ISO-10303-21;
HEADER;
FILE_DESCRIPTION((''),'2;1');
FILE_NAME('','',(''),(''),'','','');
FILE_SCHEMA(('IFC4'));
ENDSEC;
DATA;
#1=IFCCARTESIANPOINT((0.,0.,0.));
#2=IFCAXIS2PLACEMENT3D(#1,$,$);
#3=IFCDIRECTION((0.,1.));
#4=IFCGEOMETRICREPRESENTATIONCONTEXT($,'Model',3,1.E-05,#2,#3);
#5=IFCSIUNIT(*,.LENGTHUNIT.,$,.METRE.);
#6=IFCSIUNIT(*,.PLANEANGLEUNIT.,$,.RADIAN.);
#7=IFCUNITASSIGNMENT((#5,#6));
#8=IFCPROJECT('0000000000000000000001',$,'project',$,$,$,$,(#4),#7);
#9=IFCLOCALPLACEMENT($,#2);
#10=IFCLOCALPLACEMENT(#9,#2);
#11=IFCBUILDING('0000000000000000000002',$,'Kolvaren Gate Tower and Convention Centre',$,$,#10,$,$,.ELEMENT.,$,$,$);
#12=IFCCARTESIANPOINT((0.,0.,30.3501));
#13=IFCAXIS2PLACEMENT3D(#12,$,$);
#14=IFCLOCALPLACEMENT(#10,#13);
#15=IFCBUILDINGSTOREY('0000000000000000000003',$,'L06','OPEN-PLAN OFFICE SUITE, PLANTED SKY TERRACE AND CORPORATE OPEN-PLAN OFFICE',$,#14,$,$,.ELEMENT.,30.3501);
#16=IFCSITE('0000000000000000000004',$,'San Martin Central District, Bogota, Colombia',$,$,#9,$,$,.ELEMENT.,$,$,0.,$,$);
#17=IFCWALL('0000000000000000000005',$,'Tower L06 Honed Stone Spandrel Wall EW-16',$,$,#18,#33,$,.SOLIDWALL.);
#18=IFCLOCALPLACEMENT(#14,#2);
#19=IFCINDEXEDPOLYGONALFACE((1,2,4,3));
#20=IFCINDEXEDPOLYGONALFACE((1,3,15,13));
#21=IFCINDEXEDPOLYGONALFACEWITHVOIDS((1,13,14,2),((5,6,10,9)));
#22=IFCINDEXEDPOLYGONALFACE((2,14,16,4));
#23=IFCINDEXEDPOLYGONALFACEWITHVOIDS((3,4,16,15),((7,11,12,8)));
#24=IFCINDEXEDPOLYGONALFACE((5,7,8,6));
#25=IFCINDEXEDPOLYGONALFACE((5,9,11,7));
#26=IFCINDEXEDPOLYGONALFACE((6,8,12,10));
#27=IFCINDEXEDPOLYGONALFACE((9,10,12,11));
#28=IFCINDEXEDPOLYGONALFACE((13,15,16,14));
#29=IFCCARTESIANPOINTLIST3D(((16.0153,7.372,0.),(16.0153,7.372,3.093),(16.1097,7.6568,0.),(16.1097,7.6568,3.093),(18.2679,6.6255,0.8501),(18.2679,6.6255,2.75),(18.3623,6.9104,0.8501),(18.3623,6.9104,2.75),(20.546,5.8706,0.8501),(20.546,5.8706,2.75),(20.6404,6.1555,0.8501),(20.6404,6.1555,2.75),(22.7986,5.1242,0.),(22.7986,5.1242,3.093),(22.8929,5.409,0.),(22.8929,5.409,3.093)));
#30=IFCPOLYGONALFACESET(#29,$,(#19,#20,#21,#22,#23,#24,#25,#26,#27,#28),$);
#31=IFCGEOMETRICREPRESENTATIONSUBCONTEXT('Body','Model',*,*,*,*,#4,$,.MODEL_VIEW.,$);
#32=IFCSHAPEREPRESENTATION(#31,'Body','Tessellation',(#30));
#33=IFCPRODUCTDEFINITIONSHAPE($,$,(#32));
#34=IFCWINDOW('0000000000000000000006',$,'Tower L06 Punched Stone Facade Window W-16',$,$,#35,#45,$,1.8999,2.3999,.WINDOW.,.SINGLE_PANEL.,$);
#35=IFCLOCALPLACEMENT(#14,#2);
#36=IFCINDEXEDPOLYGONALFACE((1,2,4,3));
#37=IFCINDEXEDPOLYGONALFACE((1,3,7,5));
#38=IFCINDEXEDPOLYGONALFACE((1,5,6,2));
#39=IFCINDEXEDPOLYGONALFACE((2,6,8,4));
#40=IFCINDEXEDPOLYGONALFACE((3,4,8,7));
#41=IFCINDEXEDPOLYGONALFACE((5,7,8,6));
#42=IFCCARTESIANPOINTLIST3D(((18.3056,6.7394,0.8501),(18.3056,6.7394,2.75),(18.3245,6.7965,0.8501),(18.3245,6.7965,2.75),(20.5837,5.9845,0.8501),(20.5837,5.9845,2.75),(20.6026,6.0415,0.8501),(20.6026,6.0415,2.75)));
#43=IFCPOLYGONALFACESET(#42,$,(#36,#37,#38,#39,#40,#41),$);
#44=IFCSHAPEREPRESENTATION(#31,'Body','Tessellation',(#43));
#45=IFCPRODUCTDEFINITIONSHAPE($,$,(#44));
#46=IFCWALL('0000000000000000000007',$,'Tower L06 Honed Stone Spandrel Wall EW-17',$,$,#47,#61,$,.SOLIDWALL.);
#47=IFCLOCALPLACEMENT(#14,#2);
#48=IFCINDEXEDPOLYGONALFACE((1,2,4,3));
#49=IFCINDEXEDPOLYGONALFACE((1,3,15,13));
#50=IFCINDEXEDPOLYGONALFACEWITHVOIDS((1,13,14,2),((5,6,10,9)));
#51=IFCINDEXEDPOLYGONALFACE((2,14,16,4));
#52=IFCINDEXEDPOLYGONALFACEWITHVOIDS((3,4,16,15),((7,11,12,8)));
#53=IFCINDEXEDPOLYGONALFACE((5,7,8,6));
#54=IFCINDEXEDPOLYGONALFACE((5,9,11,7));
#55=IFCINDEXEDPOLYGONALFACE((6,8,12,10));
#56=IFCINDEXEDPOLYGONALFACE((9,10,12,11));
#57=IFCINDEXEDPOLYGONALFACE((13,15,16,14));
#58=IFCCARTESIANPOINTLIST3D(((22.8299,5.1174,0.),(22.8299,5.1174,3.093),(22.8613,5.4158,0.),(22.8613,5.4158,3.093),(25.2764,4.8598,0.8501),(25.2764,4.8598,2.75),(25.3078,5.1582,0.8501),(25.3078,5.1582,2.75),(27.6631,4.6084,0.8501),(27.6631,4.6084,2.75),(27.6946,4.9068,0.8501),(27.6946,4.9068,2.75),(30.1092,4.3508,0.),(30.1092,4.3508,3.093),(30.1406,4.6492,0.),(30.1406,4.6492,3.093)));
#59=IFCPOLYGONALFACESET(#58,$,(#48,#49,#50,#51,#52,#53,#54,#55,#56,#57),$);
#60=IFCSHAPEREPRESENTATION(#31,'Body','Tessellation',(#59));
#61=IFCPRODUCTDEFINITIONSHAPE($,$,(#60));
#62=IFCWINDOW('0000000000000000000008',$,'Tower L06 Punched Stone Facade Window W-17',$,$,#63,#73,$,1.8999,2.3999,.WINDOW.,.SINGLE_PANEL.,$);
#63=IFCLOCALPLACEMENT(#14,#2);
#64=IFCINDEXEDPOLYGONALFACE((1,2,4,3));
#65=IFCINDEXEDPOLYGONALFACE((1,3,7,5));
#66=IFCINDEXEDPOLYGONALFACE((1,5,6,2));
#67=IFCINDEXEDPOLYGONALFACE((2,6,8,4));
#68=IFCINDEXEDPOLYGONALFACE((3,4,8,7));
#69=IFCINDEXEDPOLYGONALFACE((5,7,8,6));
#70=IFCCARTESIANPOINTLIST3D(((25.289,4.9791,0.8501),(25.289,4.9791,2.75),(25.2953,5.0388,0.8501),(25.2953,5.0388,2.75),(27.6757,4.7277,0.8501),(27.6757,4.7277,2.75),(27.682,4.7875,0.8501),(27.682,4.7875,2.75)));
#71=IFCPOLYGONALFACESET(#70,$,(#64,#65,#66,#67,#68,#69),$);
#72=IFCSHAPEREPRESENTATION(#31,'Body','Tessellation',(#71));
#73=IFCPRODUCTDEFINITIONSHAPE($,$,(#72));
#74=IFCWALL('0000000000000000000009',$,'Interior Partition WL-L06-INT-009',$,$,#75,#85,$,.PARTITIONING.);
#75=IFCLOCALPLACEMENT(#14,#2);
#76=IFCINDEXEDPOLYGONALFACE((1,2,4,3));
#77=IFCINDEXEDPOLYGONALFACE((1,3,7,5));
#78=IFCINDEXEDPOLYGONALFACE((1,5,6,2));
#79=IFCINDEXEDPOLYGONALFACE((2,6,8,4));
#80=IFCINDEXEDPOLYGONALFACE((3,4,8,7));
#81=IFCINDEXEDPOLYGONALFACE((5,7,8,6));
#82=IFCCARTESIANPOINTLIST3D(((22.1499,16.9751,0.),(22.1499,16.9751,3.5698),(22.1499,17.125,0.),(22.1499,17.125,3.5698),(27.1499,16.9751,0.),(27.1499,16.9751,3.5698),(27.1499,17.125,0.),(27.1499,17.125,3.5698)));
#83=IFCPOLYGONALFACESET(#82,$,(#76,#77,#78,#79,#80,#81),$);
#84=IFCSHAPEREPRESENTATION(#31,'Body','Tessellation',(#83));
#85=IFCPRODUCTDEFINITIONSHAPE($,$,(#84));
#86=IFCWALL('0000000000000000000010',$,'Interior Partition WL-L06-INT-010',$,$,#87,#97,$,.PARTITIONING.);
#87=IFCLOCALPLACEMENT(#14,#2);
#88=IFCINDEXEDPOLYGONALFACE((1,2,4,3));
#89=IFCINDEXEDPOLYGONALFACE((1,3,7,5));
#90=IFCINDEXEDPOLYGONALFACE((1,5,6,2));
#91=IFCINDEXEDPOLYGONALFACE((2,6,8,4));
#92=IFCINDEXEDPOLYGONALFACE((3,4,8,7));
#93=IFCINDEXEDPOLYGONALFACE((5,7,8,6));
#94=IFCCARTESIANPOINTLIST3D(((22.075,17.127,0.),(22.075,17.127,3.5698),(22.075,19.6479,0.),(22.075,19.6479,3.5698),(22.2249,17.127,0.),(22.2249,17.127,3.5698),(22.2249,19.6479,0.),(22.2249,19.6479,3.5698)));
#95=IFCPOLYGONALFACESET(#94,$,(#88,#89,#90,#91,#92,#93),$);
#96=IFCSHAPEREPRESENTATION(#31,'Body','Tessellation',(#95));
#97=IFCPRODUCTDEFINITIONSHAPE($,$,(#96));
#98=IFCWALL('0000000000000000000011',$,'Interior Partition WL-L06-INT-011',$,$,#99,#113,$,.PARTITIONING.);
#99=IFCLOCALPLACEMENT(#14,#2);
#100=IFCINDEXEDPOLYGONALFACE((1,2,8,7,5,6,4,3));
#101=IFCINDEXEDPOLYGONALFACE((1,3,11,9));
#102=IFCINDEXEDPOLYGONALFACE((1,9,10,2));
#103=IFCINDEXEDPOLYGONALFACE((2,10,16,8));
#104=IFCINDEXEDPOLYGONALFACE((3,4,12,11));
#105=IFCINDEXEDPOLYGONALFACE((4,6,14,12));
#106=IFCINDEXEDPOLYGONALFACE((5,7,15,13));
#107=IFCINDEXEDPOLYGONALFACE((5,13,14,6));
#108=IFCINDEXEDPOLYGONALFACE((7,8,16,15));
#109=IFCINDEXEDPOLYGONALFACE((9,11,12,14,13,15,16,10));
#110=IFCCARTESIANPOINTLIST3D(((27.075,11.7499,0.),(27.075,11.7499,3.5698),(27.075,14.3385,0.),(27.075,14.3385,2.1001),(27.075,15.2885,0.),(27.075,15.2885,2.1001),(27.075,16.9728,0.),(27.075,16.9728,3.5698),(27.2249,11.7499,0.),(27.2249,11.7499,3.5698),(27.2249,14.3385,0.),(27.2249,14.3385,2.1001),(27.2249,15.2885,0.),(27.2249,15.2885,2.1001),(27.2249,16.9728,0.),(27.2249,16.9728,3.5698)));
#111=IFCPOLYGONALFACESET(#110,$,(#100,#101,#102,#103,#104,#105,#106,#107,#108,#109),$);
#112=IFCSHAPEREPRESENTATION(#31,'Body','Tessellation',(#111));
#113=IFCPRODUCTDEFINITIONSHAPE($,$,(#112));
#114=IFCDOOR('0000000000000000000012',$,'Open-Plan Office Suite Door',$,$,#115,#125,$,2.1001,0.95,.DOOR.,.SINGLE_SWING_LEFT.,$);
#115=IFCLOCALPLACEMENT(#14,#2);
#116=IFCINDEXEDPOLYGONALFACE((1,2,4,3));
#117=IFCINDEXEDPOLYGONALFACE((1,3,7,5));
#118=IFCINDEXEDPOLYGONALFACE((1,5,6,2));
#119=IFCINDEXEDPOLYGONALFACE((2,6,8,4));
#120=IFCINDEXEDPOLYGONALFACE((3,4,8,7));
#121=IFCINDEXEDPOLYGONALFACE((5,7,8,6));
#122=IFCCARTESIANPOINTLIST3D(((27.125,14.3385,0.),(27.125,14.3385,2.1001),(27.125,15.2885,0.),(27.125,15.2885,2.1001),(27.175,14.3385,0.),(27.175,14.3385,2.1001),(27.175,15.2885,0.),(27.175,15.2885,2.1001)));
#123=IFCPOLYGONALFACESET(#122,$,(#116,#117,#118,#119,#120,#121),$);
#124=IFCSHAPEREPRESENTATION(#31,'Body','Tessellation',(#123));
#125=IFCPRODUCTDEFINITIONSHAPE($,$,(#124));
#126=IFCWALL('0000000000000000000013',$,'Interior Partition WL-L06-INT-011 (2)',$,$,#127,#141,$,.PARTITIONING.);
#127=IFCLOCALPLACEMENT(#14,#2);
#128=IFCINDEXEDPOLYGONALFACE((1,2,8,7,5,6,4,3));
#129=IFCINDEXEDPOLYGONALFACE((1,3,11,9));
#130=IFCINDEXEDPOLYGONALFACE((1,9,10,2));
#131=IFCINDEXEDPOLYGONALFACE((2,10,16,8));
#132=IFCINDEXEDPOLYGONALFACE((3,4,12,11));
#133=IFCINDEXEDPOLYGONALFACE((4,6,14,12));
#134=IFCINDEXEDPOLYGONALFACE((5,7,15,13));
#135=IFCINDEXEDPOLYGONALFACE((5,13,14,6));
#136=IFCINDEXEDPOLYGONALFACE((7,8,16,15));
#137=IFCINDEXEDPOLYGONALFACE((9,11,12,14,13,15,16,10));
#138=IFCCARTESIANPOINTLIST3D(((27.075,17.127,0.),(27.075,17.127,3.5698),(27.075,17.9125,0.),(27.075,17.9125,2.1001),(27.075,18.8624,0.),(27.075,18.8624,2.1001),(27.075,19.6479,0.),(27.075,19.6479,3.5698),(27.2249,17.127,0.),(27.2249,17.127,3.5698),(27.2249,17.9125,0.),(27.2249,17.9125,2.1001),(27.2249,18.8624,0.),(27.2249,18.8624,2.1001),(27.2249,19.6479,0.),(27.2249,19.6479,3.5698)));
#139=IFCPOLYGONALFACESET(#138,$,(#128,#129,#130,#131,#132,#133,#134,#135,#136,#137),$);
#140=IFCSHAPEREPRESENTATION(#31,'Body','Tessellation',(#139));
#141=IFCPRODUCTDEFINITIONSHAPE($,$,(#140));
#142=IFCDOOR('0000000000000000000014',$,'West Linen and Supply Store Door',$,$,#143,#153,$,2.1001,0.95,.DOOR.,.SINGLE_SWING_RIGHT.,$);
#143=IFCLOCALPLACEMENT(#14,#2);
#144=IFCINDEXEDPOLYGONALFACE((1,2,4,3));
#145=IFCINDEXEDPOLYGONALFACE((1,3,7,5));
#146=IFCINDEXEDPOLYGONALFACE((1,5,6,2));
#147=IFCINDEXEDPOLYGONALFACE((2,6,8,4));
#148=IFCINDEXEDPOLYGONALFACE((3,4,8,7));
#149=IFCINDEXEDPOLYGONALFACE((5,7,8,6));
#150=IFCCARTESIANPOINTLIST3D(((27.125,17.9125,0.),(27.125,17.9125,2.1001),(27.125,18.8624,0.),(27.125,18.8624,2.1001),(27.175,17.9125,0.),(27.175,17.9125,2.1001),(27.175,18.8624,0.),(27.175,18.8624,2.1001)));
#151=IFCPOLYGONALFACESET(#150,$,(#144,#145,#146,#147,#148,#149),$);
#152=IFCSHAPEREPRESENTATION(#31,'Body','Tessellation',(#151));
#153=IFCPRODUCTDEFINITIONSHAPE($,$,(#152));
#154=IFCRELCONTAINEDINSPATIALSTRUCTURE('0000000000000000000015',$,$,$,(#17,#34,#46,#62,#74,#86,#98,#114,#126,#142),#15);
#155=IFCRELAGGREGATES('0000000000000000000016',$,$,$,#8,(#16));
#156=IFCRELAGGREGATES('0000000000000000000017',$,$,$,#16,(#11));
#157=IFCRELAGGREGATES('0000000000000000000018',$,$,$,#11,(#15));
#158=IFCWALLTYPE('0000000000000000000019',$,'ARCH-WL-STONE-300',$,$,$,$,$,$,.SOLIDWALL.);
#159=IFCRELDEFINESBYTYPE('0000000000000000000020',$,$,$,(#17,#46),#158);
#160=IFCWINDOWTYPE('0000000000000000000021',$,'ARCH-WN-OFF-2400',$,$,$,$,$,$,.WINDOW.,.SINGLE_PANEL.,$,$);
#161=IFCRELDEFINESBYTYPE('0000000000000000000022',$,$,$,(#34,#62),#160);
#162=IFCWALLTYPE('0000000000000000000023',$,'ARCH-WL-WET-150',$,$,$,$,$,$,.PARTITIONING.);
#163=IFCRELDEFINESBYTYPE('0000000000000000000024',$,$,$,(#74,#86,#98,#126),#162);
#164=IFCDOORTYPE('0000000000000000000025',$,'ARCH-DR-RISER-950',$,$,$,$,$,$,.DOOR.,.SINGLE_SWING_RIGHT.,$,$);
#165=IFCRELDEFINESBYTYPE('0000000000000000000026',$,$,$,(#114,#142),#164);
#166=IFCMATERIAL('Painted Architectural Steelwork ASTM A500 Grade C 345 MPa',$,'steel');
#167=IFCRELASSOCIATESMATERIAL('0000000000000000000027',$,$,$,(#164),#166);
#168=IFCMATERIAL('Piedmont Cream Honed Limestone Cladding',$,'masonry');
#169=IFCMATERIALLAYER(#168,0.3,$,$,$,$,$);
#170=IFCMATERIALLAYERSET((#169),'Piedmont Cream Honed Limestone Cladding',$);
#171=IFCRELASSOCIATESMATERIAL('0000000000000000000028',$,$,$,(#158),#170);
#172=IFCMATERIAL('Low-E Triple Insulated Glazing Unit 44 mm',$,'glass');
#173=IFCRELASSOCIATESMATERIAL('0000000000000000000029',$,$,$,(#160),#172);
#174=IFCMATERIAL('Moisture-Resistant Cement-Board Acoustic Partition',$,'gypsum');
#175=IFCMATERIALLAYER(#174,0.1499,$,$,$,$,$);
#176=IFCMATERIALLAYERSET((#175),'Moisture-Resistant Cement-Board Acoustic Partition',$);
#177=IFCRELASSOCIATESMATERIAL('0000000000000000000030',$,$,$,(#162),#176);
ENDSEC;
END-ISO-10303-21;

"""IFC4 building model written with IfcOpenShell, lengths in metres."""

from ifc_helpers import new_model, si_unit, direction, frame, frame_2d, origin, place, context, subcontext, project, spatial, rectangle, extrude, material, layer, layer_set, type_object, element, fill, save


model = new_model("IFC4")

# Units and contexts
model_context = context("Model", 3, precision=1e-05, world=origin(), true_north=direction((0.0, 1.0)))
body_context = subcontext(model_context, "Body", "Model", "MODEL_VIEW")
ifc_project = project(units=[si_unit("LENGTHUNIT", "METRE"), si_unit("PLANEANGLEUNIT", "RADIAN")], contexts=[model_context])

# Site, building, storey
site_placement = place(None, origin())
site = spatial("IfcSite", under=ifc_project, at=site_placement, Name="San Martin Central District, Bogota, Colombia", CompositionType="ELEMENT", RefElevation=0.0)
building_placement = place(site_placement, origin())
building = spatial("IfcBuilding", under=site, at=building_placement, Name="Kolvaren Gate Tower and Convention Centre", CompositionType="ELEMENT")
storey_placement = place(building_placement, frame((0.0, 0.0, 30.3501)))
storey = spatial("IfcBuildingStorey", under=building, at=storey_placement, Name="L06", Description="OPEN-PLAN OFFICE SUITE, PLANTED SKY TERRACE AND CORPORATE OPEN-PLAN OFFICE", CompositionType="ELEMENT", Elevation=30.3501)

# Shared definitions
ifc_material_1 = material(Name="Painted Architectural Steelwork ASTM A500 Grade C 345 MPa", Category="steel")
door_type_1 = type_object("IfcDoorType", Name="ARCH-DR-RISER-950", OperationType="SINGLE_SWING_RIGHT", PredefinedType="DOOR", material=ifc_material_1)

# Walls, openings, windows
ifc_material_2 = material(Name="Piedmont Cream Honed Limestone Cladding", Category="masonry")
ifc_layer_1 = layer(ifc_material_2, 0.3)
ifc_layer_set_1 = layer_set([ifc_layer_1], Name="Piedmont Cream Honed Limestone Cladding")
wall_type_1 = type_object("IfcWallType", Name="ARCH-WL-STONE-300", PredefinedType="SOLIDWALL", material=ifc_layer_set_1)
wall_1_placement = place(storey_placement, frame((16.0625, 7.5144, 0.0), z_axis=(0.0, 0.0, 1.0), x_axis=(0.949239, -0.314557, 0.0)))
wall_1 = element("IfcWall", 1, at=wall_1_placement, inside=storey, type_object=wall_type_1, Name="Tower L06 Honed Stone Spandrel Wall EW-16", PredefinedType="SOLIDWALL", context=body_context, shape_type="SweptSolid", body=[
    extrude(rectangle(XDim=7.146, YDim=0.3, at=frame_2d((3.573, 0.0))), origin(), (0.0, 0.0, 1.0), 3.093),
])
opening_1_placement = place(wall_1_placement, frame((2.373, 0.0, 0.8501)))
opening_1 = element("IfcOpeningElement", 2, at=opening_1_placement, cuts=wall_1, PredefinedType="OPENING", context=body_context, shape_type="SweptSolid", body=[
    extrude(rectangle(XDim=2.3999, YDim=1.8999, at=frame_2d((1.2, 0.95))), frame((0.0, 0.1599, 0.0), z_axis=(0.0, -1.0, 0.0), x_axis=(1.0, 0.0, 0.0)), (0.0, 0.0, 1.0), 0.3201),
])
ifc_material_3 = material(Name="Low-E Triple Insulated Glazing Unit 44 mm", Category="glass")
window_type = type_object("IfcWindowType", Name="ARCH-WN-OFF-2400", PartitioningType="SINGLE_PANEL", PredefinedType="WINDOW", material=ifc_material_3)
window_1_placement = place(opening_1_placement, origin())
window_1 = element("IfcWindow", 3, at=window_1_placement, inside=storey, type_object=window_type, Name="Tower L06 Punched Stone Facade Window W-16", OverallHeight=1.8999, OverallWidth=2.3999, PartitioningType="SINGLE_PANEL", PredefinedType="WINDOW", context=body_context, shape_type="SweptSolid", body=[
    extrude(rectangle(XDim=2.3999, YDim=1.8999, at=frame_2d((1.2, 0.95))), frame((0.0, 0.03, 0.0), z_axis=(0.0, -1.0, 0.0), x_axis=(1.0, 0.0, 0.0)), (0.0, 0.0, 1.0), 0.0601),
])
fill(opening_1, window_1)
wall_2_placement = place(storey_placement, frame((22.8457, 5.2666, 0.0), z_axis=(0.0, 0.0, 1.0), x_axis=(0.9945, -0.104733, 0.0)))
wall_2 = element("IfcWall", 4, at=wall_2_placement, inside=storey, type_object=wall_type_1, Name="Tower L06 Honed Stone Spandrel Wall EW-17", PredefinedType="SOLIDWALL", context=body_context, shape_type="SweptSolid", body=[
    extrude(rectangle(XDim=7.3196, YDim=0.3, at=frame_2d((3.6597, 0.0))), origin(), (0.0, 0.0, 1.0), 3.093),
])
opening_2_placement = place(wall_2_placement, frame((2.46, 0.0, 0.8501)))
opening_2 = element("IfcOpeningElement", 5, at=opening_2_placement, cuts=wall_2, PredefinedType="OPENING", context=body_context, shape_type="SweptSolid", body=[
    extrude(rectangle(XDim=2.3999, YDim=1.8999, at=frame_2d((1.2, 0.95))), frame((0.0, 0.1599, 0.0), z_axis=(0.0, -1.0, 0.0), x_axis=(1.0, 0.0, 0.0)), (0.0, 0.0, 1.0), 0.3201),
])
window_2_placement = place(opening_2_placement, origin())
window_2 = element("IfcWindow", 6, at=window_2_placement, inside=storey, type_object=window_type, Name="Tower L06 Punched Stone Facade Window W-17", OverallHeight=1.8999, OverallWidth=2.3999, PartitioningType="SINGLE_PANEL", PredefinedType="WINDOW", context=body_context, shape_type="SweptSolid", body=[
    extrude(rectangle(XDim=2.3999, YDim=1.8999, at=frame_2d((1.2, 0.95))), frame((0.0, 0.03, 0.0), z_axis=(0.0, -1.0, 0.0), x_axis=(1.0, 0.0, 0.0)), (0.0, 0.0, 1.0), 0.0601),
])
fill(opening_2, window_2)

# Walls
ifc_material_4 = material(Name="Moisture-Resistant Cement-Board Acoustic Partition", Category="gypsum")
ifc_layer_2 = layer(ifc_material_4, 0.1499)
ifc_layer_set_2 = layer_set([ifc_layer_2], Name="Moisture-Resistant Cement-Board Acoustic Partition")
wall_type_2 = type_object("IfcWallType", Name="ARCH-WL-WET-150", PredefinedType="PARTITIONING", material=ifc_layer_set_2)
wall_3_placement = place(storey_placement, frame((22.1499, 17.05, 0.0), z_axis=(0.0, 0.0, 1.0), x_axis=(1.0, 0.0, 0.0)))
element("IfcWall", 7, at=wall_3_placement, inside=storey, type_object=wall_type_2, Name="Interior Partition WL-L06-INT-009", PredefinedType="PARTITIONING", context=body_context, shape_type="SweptSolid", body=[
    extrude(rectangle(XDim=5.0, YDim=0.1499, at=frame_2d((2.5, 0.0))), origin(), (0.0, 0.0, 1.0), 3.5698),
])
wall_4_placement = place(storey_placement, frame((22.1499, 17.127, 0.0), z_axis=(0.0, 0.0, 1.0), x_axis=(0.0, 1.0, 0.0)))
element("IfcWall", 8, at=wall_4_placement, inside=storey, type_object=wall_type_2, Name="Interior Partition WL-L06-INT-010", PredefinedType="PARTITIONING", context=body_context, shape_type="SweptSolid", body=[
    extrude(rectangle(XDim=2.521, YDim=0.1499, at=frame_2d((1.2605, 0.0))), origin(), (0.0, 0.0, 1.0), 3.5698),
])

# Walls, openings, doors
wall_5_placement = place(storey_placement, frame((27.1499, 11.75, 0.0), z_axis=(0.0, 0.0, 1.0), x_axis=(0.0, 1.0, 0.0)))
wall_5 = element("IfcWall", 9, at=wall_5_placement, inside=storey, type_object=wall_type_2, Name="Interior Partition WL-L06-INT-011", PredefinedType="PARTITIONING", context=body_context, shape_type="SweptSolid", body=[
    extrude(rectangle(XDim=5.2229, YDim=0.1499, at=frame_2d((2.6113, 0.0))), origin(), (0.0, 0.0, 1.0), 3.5698),
])
opening_3_placement = place(wall_5_placement, frame((2.5884, 0.0, 0.0)))
opening_3 = element("IfcOpeningElement", 10, at=opening_3_placement, cuts=wall_5, PredefinedType="OPENING", context=body_context, shape_type="SweptSolid", body=[
    extrude(rectangle(XDim=0.95, YDim=2.1001, at=frame_2d((0.4751, 1.05))), frame((0.0, 0.085, 0.0), z_axis=(0.0, -1.0, 0.0), x_axis=(1.0, 0.0, 0.0)), (0.0, 0.0, 1.0), 0.1699),
])
door_1_placement = place(opening_3_placement, origin())
door_1 = element("IfcDoor", 11, at=door_1_placement, inside=storey, type_object=door_type_1, Name="Open-Plan Office Suite Door", OperationType="SINGLE_SWING_LEFT", OverallHeight=2.1001, OverallWidth=0.95, PredefinedType="DOOR", context=body_context, shape_type="SweptSolid", body=[
    extrude(rectangle(XDim=0.95, YDim=2.1001, at=frame_2d((0.4751, 1.05))), frame((0.0, 0.0249, 0.0), z_axis=(0.0, -1.0, 0.0), x_axis=(1.0, 0.0, 0.0)), (0.0, 0.0, 1.0), 0.05),
])
fill(opening_3, door_1)
wall_6_placement = place(storey_placement, frame((27.1499, 17.127, 0.0), z_axis=(0.0, 0.0, 1.0), x_axis=(0.0, 1.0, 0.0)))
wall_6 = element("IfcWall", 12, at=wall_6_placement, inside=storey, type_object=wall_type_2, Name="Interior Partition WL-L06-INT-011 (2)", PredefinedType="PARTITIONING", context=body_context, shape_type="SweptSolid", body=[
    extrude(rectangle(XDim=2.521, YDim=0.1499, at=frame_2d((1.2605, 0.0))), origin(), (0.0, 0.0, 1.0), 3.5698),
])
opening_4_placement = place(wall_6_placement, frame((0.7854, 0.0, 0.0)))
opening_4 = element("IfcOpeningElement", 13, at=opening_4_placement, cuts=wall_6, PredefinedType="OPENING", context=body_context, shape_type="SweptSolid", body=[
    extrude(rectangle(XDim=0.95, YDim=2.1001, at=frame_2d((0.4751, 1.05))), frame((0.0, 0.085, 0.0), z_axis=(0.0, -1.0, 0.0), x_axis=(1.0, 0.0, 0.0)), (0.0, 0.0, 1.0), 0.1699),
])
door_2_placement = place(opening_4_placement, origin())
door_2 = element("IfcDoor", 14, at=door_2_placement, inside=storey, type_object=door_type_1, Name="West Linen and Supply Store Door", OperationType="SINGLE_SWING_RIGHT", OverallHeight=2.1001, OverallWidth=0.95, PredefinedType="DOOR", context=body_context, shape_type="SweptSolid", body=[
    extrude(rectangle(XDim=0.95, YDim=2.1001, at=frame_2d((0.4751, 1.05))), frame((0.0, 0.0249, 0.0), z_axis=(0.0, -1.0, 0.0), x_axis=(1.0, 0.0, 0.0)), (0.0, 0.0, 1.0), 0.05),
])
fill(opening_4, door_2)

save(model, "model.ifc")
